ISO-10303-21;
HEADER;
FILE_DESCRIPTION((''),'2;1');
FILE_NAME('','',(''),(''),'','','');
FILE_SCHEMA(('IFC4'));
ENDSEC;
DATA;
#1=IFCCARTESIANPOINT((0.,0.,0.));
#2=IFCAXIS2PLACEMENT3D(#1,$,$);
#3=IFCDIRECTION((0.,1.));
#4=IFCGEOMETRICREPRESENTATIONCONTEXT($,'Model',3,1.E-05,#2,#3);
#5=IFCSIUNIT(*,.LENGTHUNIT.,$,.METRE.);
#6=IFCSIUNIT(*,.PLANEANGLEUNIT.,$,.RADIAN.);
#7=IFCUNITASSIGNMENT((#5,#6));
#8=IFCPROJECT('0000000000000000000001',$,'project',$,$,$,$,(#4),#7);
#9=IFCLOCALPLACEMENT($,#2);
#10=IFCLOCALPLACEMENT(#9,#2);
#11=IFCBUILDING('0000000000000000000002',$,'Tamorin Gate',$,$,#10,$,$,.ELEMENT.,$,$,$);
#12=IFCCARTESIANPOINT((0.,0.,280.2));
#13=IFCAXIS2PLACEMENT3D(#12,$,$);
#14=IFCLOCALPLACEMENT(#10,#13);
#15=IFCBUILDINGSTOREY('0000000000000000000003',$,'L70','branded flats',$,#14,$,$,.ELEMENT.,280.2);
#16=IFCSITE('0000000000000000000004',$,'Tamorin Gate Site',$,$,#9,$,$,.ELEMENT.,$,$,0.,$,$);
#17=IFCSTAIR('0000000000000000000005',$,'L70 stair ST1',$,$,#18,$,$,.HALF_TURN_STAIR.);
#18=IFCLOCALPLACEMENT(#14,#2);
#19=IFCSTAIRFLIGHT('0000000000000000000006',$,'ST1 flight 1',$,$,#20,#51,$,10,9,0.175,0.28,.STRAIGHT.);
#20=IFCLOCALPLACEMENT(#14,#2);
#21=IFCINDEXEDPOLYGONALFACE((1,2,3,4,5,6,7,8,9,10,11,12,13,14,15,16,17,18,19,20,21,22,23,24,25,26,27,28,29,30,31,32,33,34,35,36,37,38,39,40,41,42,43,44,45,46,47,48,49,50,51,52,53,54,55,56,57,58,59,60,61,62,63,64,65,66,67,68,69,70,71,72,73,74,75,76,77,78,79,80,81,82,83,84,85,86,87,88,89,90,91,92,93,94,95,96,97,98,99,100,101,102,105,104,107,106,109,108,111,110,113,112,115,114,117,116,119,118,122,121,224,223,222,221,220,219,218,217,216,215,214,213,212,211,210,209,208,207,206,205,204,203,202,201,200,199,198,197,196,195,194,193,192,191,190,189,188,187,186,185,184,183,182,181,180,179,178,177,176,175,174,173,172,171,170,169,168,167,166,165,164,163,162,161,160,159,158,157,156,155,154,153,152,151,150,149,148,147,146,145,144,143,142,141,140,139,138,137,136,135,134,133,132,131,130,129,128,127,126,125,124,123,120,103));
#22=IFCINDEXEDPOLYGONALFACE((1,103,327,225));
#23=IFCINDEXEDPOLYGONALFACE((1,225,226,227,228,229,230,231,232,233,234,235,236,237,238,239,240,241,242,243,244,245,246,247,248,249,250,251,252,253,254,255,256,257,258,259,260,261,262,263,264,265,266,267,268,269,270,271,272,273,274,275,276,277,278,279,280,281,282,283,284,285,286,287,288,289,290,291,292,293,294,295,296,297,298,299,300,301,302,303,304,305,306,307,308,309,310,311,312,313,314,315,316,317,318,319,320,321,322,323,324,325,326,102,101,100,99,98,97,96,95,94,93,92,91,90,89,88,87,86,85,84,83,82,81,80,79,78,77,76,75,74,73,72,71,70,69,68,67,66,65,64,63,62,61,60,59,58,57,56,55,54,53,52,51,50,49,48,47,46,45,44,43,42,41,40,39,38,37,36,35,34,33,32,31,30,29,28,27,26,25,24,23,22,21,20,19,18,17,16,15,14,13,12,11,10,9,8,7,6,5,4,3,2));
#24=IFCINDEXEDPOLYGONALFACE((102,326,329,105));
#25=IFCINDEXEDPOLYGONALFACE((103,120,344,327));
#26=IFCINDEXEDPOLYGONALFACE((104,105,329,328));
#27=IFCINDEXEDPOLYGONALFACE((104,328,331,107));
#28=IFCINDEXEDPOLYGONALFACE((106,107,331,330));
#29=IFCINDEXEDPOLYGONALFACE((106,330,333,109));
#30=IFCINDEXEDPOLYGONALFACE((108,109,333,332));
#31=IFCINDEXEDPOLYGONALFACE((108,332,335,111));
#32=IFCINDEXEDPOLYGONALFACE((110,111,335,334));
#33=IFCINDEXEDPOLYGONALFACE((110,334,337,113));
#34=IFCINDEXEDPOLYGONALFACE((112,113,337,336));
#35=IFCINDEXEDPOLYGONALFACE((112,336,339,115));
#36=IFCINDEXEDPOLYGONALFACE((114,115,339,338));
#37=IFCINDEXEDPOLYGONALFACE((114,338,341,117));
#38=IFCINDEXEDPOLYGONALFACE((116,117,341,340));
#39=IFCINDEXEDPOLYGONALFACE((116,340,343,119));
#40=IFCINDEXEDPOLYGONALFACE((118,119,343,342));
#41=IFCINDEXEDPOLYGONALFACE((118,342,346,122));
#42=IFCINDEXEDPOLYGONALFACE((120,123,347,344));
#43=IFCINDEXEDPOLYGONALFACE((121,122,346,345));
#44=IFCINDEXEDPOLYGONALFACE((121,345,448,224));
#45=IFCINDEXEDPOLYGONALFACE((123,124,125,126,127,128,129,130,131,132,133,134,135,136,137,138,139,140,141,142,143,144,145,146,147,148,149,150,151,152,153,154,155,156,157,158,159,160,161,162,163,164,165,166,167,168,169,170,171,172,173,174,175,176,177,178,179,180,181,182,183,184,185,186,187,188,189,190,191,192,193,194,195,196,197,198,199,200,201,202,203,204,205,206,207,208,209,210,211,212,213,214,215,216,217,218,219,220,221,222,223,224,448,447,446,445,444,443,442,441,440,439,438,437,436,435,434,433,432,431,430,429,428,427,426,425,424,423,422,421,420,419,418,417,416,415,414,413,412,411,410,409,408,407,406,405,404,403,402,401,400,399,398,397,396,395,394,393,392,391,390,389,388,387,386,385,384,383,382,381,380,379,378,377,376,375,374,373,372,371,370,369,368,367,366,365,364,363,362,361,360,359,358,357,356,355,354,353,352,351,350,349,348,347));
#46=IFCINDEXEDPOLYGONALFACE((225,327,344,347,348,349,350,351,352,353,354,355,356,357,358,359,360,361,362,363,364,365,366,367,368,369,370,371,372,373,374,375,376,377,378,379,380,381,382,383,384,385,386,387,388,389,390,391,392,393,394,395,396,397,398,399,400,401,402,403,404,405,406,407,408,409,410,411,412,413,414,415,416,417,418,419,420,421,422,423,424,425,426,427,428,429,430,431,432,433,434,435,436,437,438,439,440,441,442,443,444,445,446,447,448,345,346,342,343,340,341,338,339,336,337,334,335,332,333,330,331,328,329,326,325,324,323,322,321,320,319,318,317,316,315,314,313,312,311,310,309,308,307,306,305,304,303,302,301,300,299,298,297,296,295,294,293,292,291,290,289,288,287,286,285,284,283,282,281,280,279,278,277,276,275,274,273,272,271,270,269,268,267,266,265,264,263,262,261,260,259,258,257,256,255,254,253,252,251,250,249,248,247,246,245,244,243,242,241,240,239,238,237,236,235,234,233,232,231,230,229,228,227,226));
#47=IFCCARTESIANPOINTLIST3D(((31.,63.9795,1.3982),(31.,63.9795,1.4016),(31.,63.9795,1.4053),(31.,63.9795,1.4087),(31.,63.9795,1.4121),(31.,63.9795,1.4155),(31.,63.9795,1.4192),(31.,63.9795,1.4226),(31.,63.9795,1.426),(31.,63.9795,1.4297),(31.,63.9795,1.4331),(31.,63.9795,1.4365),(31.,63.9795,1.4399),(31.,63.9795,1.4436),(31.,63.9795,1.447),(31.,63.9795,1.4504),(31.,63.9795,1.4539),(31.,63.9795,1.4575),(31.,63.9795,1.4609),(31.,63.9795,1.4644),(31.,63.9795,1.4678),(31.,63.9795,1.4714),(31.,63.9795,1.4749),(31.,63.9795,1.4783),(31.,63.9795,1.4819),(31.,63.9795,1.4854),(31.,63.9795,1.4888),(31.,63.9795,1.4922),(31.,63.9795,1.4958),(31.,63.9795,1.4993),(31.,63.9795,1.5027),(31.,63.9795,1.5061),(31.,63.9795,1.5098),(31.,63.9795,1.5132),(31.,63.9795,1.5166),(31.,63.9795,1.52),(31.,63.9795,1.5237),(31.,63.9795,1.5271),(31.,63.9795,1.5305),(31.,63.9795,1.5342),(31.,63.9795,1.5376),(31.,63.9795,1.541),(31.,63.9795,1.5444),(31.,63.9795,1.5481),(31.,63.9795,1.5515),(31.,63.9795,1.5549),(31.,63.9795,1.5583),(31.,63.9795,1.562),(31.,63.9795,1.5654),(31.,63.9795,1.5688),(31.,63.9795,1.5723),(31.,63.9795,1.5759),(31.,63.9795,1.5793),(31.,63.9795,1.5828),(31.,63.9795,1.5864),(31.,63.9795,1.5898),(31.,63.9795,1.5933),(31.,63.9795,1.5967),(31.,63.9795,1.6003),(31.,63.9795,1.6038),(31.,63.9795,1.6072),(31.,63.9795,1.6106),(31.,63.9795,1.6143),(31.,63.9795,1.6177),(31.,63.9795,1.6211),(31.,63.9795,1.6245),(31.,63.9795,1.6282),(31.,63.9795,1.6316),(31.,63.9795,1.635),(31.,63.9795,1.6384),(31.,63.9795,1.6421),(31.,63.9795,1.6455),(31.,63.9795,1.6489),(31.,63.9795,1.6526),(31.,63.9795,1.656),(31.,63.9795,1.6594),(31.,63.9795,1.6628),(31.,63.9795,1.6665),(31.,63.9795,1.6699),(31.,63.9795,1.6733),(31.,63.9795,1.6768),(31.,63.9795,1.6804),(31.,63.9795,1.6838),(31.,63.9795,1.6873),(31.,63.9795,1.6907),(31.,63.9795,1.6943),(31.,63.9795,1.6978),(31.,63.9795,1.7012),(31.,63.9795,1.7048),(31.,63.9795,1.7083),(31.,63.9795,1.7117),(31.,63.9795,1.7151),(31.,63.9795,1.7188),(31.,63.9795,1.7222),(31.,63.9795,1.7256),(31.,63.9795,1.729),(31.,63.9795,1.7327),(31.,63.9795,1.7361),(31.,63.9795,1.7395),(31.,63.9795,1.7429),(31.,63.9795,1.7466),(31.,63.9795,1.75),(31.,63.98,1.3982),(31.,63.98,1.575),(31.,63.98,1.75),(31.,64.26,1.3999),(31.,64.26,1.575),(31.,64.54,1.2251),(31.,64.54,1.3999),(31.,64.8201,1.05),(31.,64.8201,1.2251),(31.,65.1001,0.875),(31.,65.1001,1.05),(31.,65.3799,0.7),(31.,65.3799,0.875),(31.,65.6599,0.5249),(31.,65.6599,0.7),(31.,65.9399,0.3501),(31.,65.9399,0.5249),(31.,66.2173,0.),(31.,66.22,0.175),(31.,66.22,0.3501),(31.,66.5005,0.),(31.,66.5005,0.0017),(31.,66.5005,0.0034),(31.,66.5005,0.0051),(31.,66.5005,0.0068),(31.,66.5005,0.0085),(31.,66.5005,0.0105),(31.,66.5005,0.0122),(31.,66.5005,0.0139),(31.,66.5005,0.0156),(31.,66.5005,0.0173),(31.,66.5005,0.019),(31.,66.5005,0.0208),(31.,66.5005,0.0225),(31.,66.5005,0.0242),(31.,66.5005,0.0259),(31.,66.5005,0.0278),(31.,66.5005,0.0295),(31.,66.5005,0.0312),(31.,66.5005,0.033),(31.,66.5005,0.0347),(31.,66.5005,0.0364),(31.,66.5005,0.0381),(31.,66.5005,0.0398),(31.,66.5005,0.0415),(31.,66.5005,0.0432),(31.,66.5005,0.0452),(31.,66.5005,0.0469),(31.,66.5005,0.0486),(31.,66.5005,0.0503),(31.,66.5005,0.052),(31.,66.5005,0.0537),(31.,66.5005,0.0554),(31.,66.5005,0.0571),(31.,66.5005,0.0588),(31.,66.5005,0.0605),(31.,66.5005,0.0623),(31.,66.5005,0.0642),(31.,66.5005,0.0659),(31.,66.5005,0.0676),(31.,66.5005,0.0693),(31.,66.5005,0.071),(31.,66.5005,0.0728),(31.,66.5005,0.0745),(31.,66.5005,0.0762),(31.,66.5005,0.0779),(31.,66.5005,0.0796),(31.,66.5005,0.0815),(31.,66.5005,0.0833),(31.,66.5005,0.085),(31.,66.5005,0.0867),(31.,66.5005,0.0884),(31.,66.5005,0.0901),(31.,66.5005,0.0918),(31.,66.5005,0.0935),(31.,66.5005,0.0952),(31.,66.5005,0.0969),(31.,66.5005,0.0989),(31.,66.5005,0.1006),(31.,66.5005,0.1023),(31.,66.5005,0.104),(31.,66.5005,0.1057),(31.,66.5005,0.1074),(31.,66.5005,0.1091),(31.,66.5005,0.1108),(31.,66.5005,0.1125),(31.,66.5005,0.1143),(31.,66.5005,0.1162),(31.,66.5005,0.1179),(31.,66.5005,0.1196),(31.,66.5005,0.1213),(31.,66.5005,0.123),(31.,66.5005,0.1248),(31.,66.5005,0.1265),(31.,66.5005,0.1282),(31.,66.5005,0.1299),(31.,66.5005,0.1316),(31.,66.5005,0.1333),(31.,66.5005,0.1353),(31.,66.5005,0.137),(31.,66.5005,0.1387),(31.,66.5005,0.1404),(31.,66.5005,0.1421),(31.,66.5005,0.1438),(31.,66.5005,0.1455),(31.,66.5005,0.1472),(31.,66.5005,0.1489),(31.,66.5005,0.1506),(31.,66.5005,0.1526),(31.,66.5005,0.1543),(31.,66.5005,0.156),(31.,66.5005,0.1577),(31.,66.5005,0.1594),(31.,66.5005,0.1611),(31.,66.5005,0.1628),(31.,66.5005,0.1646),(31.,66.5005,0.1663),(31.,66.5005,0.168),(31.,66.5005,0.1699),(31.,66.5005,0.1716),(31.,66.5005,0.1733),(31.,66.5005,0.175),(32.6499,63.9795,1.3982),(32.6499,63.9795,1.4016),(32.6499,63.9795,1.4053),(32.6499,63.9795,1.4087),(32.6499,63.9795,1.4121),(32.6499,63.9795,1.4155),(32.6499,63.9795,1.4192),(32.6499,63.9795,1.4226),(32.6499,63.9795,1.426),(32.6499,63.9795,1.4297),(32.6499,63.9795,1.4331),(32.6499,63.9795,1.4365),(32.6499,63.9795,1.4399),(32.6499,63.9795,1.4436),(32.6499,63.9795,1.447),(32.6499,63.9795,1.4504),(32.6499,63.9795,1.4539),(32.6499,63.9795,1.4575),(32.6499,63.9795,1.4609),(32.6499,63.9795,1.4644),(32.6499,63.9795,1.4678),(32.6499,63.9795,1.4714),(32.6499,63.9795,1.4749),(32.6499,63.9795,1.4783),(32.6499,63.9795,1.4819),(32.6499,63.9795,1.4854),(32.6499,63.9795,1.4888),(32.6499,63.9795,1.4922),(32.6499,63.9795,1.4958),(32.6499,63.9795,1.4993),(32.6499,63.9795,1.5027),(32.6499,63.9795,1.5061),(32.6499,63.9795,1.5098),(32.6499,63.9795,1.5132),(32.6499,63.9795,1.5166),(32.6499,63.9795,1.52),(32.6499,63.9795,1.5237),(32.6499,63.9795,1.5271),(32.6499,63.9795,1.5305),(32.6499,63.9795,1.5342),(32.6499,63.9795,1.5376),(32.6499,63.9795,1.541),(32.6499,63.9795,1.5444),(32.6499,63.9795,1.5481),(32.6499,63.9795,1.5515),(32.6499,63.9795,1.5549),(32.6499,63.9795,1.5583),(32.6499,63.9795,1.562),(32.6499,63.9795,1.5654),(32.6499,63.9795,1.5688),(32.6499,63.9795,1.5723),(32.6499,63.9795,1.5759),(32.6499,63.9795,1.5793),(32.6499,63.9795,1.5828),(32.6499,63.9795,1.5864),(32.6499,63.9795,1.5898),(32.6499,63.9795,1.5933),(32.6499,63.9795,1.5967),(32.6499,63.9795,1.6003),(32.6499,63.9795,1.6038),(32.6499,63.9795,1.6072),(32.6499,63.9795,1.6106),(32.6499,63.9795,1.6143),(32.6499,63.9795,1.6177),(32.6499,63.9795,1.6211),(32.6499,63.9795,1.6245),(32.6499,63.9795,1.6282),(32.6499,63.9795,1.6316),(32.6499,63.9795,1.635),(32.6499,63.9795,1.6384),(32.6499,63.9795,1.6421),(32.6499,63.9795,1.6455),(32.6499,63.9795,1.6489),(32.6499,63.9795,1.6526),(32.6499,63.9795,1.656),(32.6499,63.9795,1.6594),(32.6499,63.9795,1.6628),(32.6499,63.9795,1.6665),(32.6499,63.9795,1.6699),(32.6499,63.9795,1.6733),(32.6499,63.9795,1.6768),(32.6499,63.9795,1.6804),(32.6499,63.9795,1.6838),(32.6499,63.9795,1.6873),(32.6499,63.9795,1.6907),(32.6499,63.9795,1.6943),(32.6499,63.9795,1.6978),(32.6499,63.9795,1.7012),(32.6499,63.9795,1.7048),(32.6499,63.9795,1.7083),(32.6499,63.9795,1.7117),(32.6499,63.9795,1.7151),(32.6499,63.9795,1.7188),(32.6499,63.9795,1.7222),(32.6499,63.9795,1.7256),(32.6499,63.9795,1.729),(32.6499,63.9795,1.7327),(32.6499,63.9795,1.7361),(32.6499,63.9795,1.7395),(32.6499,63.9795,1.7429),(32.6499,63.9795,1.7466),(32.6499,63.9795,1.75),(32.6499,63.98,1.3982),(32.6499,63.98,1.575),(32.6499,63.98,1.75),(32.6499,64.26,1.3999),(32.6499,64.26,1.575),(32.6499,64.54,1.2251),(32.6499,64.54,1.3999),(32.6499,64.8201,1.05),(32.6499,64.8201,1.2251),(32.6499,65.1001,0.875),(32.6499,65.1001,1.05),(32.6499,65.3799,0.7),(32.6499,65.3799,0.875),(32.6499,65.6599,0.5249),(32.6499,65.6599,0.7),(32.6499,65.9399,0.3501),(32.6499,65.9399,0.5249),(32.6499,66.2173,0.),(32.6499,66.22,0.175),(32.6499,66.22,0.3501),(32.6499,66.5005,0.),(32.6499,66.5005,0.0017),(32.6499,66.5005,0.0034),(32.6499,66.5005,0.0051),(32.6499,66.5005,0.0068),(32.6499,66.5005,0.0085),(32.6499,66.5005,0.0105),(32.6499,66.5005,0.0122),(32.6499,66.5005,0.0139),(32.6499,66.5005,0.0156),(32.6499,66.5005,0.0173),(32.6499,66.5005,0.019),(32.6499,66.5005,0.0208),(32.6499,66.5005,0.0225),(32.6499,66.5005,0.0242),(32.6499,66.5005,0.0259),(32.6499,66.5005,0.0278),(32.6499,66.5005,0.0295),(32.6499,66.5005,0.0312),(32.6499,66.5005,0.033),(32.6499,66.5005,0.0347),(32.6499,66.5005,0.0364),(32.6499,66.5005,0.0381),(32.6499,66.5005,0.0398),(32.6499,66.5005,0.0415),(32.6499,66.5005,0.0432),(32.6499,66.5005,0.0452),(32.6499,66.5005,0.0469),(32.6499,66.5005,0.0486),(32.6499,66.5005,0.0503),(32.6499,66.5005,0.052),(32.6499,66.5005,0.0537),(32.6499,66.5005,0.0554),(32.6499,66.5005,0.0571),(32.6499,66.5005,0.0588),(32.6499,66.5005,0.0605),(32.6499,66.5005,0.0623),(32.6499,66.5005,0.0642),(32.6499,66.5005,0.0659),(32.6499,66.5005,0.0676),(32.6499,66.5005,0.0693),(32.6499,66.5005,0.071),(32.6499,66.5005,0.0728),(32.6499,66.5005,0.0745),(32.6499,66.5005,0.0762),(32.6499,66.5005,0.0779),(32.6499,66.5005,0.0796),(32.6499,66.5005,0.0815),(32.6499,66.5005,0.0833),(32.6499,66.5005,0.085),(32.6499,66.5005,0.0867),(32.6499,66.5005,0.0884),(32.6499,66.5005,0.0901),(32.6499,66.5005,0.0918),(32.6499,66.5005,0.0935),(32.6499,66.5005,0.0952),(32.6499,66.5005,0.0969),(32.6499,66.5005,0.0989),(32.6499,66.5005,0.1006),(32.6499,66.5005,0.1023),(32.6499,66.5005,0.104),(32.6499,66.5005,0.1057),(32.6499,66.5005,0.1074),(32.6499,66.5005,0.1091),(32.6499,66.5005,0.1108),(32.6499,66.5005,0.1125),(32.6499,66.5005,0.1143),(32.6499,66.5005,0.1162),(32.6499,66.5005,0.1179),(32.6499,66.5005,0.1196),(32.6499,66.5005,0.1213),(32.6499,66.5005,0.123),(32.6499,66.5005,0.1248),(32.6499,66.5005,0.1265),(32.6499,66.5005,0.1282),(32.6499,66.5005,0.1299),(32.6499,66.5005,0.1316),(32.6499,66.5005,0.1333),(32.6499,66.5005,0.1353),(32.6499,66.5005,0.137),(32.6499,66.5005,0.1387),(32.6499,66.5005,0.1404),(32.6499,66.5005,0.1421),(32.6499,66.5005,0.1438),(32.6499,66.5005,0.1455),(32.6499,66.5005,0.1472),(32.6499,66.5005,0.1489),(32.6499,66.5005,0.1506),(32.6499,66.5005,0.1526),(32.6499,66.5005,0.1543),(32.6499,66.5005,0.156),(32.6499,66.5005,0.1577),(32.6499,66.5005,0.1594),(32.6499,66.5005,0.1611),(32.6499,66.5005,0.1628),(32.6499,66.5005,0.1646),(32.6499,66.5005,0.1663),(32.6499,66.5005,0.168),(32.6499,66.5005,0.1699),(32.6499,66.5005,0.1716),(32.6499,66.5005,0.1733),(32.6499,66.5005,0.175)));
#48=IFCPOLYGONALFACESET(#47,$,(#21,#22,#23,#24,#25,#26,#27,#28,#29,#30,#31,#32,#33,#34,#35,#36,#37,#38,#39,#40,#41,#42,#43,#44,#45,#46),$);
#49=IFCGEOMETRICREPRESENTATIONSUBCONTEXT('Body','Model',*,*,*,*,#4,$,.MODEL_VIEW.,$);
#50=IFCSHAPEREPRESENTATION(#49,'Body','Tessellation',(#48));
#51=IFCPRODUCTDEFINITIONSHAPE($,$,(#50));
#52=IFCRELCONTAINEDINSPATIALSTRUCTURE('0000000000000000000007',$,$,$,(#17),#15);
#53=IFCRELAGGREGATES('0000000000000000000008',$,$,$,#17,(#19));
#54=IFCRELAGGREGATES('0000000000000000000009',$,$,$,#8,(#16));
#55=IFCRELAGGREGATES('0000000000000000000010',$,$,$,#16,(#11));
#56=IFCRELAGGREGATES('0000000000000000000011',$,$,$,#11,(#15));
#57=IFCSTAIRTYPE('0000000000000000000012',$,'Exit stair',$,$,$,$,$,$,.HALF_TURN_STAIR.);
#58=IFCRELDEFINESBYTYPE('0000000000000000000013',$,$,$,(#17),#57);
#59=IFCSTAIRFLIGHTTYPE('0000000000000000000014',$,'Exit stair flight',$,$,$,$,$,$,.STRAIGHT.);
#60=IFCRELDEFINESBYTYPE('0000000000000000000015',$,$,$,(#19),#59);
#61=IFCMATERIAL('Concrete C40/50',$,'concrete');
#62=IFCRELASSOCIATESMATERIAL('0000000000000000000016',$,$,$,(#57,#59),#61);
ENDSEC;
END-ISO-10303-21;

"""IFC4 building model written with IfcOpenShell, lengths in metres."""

from ifc_helpers import new_model, si_unit, direction, frame, origin, place, context, subcontext, project, spatial, polyline, outline, extrude, material, type_object, element, aggregate, save


model = new_model("IFC4")

# Units and contexts
model_context = context("Model", 3, precision=1e-05, world=origin(), true_north=direction((0.0, 1.0)))
body_context = subcontext(model_context, "Body", "Model", "MODEL_VIEW")
ifc_project = project(units=[si_unit("LENGTHUNIT", "METRE"), si_unit("PLANEANGLEUNIT", "RADIAN")], contexts=[model_context])

# Site, building, storey
site_placement = place(None, origin())
site = spatial("IfcSite", under=ifc_project, at=site_placement, Name="Tamorin Gate Site", CompositionType="ELEMENT", RefElevation=0.0)
building_placement = place(site_placement, origin())
building = spatial("IfcBuilding", under=site, at=building_placement, Name="Tamorin Gate", CompositionType="ELEMENT")
storey_placement = place(building_placement, frame((0.0, 0.0, 280.2)))
storey = spatial("IfcBuildingStorey", under=building, at=storey_placement, Name="L70", Description="branded flats", CompositionType="ELEMENT", Elevation=280.2)

# Shared definitions
ifc_material_1 = material(Name="Concrete C40/50", Category="concrete")

# Stair, stair flight
stair_type = type_object("IfcStairType", Name="Exit stair", PredefinedType="HALF_TURN_STAIR", material=ifc_material_1)
stair_1_placement = place(storey_placement, origin())
stair_1 = element("IfcStair", 1, at=stair_1_placement, inside=storey, type_object=stair_type, Name="L70 stair ST1", PredefinedType="HALF_TURN_STAIR")
stair_flight_type = type_object("IfcStairFlightType", Name="Exit stair flight", PredefinedType="STRAIGHT", material=ifc_material_1)
stair_flight_1_placement = place(storey_placement, frame((31.825, 66.5, 0.0), z_axis=(0.0, 0.0, 1.0), x_axis=(0.0, -1.0, 0.0)))
stair_flight_1 = element("IfcStairFlight", 2, at=stair_flight_1_placement, type_object=stair_flight_type, Name="ST1 flight 1", NumberOfRisers=10, NumberOfTreads=9, PredefinedType="STRAIGHT", RiserHeight=0.175, TreadLength=0.28, context=body_context, shape_type="SweptSolid", body=[
    extrude(outline(polyline([(-0.0005, 0.0), (-0.0005, 0.0017), (-0.0005, 0.0034), (-0.0005, 0.0051), (-0.0005, 0.0068), (-0.0005, 0.0085), (-0.0005, 0.0105), (-0.0005, 0.0122), (-0.0005, 0.0139), (-0.0005, 0.0156), (-0.0005, 0.0173), (-0.0005, 0.019), (-0.0005, 0.0208), (-0.0005, 0.0225), (-0.0005, 0.0242), (-0.0005, 0.0259), (-0.0005, 0.0278), (-0.0005, 0.0295), (-0.0005, 0.0312), (-0.0005, 0.033), (-0.0005, 0.0347), (-0.0005, 0.0364), (-0.0005, 0.0381), (-0.0005, 0.0398), (-0.0005, 0.0415), (-0.0005, 0.0432), (-0.0005, 0.0452), (-0.0005, 0.0469), (-0.0005, 0.0486), (-0.0005, 0.0503), (-0.0005, 0.052), (-0.0005, 0.0537), (-0.0005, 0.0554), (-0.0005, 0.0571), (-0.0005, 0.0588), (-0.0005, 0.0605), (-0.0005, 0.0623), (-0.0005, 0.0642), (-0.0005, 0.0659), (-0.0005, 0.0676), (-0.0005, 0.0693), (-0.0005, 0.071), (-0.0005, 0.0728), (-0.0005, 0.0745), (-0.0005, 0.0762), (-0.0005, 0.0779), (-0.0005, 0.0796), (-0.0005, 0.0815), (-0.0005, 0.0833), (-0.0005, 0.085), (-0.0005, 0.0867), (-0.0005, 0.0884), (-0.0005, 0.0901), (-0.0005, 0.0918), (-0.0005, 0.0935), (-0.0005, 0.0952), (-0.0005, 0.0969), (-0.0005, 0.0989), (-0.0005, 0.1006), (-0.0005, 0.1023), (-0.0005, 0.104), (-0.0005, 0.1057), (-0.0005, 0.1074), (-0.0005, 0.1091), (-0.0005, 0.1108), (-0.0005, 0.1125), (-0.0005, 0.1143), (-0.0005, 0.1162), (-0.0005, 0.1179), (-0.0005, 0.1196), (-0.0005, 0.1213), (-0.0005, 0.123), (-0.0005, 0.1248), (-0.0005, 0.1265), (-0.0005, 0.1282), (-0.0005, 0.1299), (-0.0005, 0.1316), (-0.0005, 0.1333), (-0.0005, 0.1353), (-0.0005, 0.137), (-0.0005, 0.1387), (-0.0005, 0.1404), (-0.0005, 0.1421), (-0.0005, 0.1438), (-0.0005, 0.1455), (-0.0005, 0.1472), (-0.0005, 0.1489), (-0.0005, 0.1506), (-0.0005, 0.1526), (-0.0005, 0.1543), (-0.0005, 0.156), (-0.0005, 0.1577), (-0.0005, 0.1594), (-0.0005, 0.1611), (-0.0005, 0.1628), (-0.0005, 0.1646), (-0.0005, 0.1663), (-0.0005, 0.168), (-0.0005, 0.1699), (-0.0005, 0.1716), (-0.0005, 0.1733), (-0.0005, 0.175), (0.28, 0.175), (0.28, 0.3501), (0.5601, 0.3501), (0.5601, 0.5249), (0.8401, 0.5249), (0.8401, 0.7), (1.1201, 0.7), (1.1201, 0.875), (1.3999, 0.875), (1.3999, 1.05), (1.6799, 1.05), (1.6799, 1.2251), (1.96, 1.2251), (1.96, 1.3999), (2.24, 1.3999), (2.24, 1.575), (2.52, 1.575), (2.52, 1.75), (2.5205, 1.75), (2.5205, 1.7466), (2.5205, 1.7429), (2.5205, 1.7395), (2.5205, 1.7361), (2.5205, 1.7327), (2.5205, 1.729), (2.5205, 1.7256), (2.5205, 1.7222), (2.5205, 1.7188), (2.5205, 1.7151), (2.5205, 1.7117), (2.5205, 1.7083), (2.5205, 1.7048), (2.5205, 1.7012), (2.5205, 1.6978), (2.5205, 1.6943), (2.5205, 1.6907), (2.5205, 1.6873), (2.5205, 1.6838), (2.5205, 1.6804), (2.5205, 1.6768), (2.5205, 1.6733), (2.5205, 1.6699), (2.5205, 1.6665), (2.5205, 1.6628), (2.5205, 1.6594), (2.5205, 1.656), (2.5205, 1.6526), (2.5205, 1.6489), (2.5205, 1.6455), (2.5205, 1.6421), (2.5205, 1.6384), (2.5205, 1.635), (2.5205, 1.6316), (2.5205, 1.6282), (2.5205, 1.6245), (2.5205, 1.6211), (2.5205, 1.6177), (2.5205, 1.6143), (2.5205, 1.6106), (2.5205, 1.6072), (2.5205, 1.6038), (2.5205, 1.6003), (2.5205, 1.5967), (2.5205, 1.5933), (2.5205, 1.5898), (2.5205, 1.5864), (2.5205, 1.5828), (2.5205, 1.5793), (2.5205, 1.5759), (2.5205, 1.5723), (2.5205, 1.5688), (2.5205, 1.5654), (2.5205, 1.562), (2.5205, 1.5583), (2.5205, 1.5549), (2.5205, 1.5515), (2.5205, 1.5481), (2.5205, 1.5444), (2.5205, 1.541), (2.5205, 1.5376), (2.5205, 1.5342), (2.5205, 1.5305), (2.5205, 1.5271), (2.5205, 1.5237), (2.5205, 1.52), (2.5205, 1.5166), (2.5205, 1.5132), (2.5205, 1.5098), (2.5205, 1.5061), (2.5205, 1.5027), (2.5205, 1.4993), (2.5205, 1.4958), (2.5205, 1.4922), (2.5205, 1.4888), (2.5205, 1.4854), (2.5205, 1.4819), (2.5205, 1.4783), (2.5205, 1.4749), (2.5205, 1.4714), (2.5205, 1.4678), (2.5205, 1.4644), (2.5205, 1.4609), (2.5205, 1.4575), (2.5205, 1.4539), (2.5205, 1.4504), (2.5205, 1.447), (2.5205, 1.4436), (2.5205, 1.4399), (2.5205, 1.4365), (2.5205, 1.4331), (2.5205, 1.4297), (2.5205, 1.426), (2.5205, 1.4226), (2.5205, 1.4192), (2.5205, 1.4155), (2.5205, 1.4121), (2.5205, 1.4087), (2.5205, 1.4053), (2.5205, 1.4016), (2.5205, 1.3982), (2.52, 1.3982), (0.2827, 0.0), (-0.0005, 0.0)])), frame((0.0, 0.825, 0.0), z_axis=(0.0, -1.0, 0.0), x_axis=(1.0, 0.0, 0.0)), (0.0, 0.0, 1.0), 1.6499),
])
aggregate(stair_1, [stair_flight_1])

save(model, "model.ifc")
